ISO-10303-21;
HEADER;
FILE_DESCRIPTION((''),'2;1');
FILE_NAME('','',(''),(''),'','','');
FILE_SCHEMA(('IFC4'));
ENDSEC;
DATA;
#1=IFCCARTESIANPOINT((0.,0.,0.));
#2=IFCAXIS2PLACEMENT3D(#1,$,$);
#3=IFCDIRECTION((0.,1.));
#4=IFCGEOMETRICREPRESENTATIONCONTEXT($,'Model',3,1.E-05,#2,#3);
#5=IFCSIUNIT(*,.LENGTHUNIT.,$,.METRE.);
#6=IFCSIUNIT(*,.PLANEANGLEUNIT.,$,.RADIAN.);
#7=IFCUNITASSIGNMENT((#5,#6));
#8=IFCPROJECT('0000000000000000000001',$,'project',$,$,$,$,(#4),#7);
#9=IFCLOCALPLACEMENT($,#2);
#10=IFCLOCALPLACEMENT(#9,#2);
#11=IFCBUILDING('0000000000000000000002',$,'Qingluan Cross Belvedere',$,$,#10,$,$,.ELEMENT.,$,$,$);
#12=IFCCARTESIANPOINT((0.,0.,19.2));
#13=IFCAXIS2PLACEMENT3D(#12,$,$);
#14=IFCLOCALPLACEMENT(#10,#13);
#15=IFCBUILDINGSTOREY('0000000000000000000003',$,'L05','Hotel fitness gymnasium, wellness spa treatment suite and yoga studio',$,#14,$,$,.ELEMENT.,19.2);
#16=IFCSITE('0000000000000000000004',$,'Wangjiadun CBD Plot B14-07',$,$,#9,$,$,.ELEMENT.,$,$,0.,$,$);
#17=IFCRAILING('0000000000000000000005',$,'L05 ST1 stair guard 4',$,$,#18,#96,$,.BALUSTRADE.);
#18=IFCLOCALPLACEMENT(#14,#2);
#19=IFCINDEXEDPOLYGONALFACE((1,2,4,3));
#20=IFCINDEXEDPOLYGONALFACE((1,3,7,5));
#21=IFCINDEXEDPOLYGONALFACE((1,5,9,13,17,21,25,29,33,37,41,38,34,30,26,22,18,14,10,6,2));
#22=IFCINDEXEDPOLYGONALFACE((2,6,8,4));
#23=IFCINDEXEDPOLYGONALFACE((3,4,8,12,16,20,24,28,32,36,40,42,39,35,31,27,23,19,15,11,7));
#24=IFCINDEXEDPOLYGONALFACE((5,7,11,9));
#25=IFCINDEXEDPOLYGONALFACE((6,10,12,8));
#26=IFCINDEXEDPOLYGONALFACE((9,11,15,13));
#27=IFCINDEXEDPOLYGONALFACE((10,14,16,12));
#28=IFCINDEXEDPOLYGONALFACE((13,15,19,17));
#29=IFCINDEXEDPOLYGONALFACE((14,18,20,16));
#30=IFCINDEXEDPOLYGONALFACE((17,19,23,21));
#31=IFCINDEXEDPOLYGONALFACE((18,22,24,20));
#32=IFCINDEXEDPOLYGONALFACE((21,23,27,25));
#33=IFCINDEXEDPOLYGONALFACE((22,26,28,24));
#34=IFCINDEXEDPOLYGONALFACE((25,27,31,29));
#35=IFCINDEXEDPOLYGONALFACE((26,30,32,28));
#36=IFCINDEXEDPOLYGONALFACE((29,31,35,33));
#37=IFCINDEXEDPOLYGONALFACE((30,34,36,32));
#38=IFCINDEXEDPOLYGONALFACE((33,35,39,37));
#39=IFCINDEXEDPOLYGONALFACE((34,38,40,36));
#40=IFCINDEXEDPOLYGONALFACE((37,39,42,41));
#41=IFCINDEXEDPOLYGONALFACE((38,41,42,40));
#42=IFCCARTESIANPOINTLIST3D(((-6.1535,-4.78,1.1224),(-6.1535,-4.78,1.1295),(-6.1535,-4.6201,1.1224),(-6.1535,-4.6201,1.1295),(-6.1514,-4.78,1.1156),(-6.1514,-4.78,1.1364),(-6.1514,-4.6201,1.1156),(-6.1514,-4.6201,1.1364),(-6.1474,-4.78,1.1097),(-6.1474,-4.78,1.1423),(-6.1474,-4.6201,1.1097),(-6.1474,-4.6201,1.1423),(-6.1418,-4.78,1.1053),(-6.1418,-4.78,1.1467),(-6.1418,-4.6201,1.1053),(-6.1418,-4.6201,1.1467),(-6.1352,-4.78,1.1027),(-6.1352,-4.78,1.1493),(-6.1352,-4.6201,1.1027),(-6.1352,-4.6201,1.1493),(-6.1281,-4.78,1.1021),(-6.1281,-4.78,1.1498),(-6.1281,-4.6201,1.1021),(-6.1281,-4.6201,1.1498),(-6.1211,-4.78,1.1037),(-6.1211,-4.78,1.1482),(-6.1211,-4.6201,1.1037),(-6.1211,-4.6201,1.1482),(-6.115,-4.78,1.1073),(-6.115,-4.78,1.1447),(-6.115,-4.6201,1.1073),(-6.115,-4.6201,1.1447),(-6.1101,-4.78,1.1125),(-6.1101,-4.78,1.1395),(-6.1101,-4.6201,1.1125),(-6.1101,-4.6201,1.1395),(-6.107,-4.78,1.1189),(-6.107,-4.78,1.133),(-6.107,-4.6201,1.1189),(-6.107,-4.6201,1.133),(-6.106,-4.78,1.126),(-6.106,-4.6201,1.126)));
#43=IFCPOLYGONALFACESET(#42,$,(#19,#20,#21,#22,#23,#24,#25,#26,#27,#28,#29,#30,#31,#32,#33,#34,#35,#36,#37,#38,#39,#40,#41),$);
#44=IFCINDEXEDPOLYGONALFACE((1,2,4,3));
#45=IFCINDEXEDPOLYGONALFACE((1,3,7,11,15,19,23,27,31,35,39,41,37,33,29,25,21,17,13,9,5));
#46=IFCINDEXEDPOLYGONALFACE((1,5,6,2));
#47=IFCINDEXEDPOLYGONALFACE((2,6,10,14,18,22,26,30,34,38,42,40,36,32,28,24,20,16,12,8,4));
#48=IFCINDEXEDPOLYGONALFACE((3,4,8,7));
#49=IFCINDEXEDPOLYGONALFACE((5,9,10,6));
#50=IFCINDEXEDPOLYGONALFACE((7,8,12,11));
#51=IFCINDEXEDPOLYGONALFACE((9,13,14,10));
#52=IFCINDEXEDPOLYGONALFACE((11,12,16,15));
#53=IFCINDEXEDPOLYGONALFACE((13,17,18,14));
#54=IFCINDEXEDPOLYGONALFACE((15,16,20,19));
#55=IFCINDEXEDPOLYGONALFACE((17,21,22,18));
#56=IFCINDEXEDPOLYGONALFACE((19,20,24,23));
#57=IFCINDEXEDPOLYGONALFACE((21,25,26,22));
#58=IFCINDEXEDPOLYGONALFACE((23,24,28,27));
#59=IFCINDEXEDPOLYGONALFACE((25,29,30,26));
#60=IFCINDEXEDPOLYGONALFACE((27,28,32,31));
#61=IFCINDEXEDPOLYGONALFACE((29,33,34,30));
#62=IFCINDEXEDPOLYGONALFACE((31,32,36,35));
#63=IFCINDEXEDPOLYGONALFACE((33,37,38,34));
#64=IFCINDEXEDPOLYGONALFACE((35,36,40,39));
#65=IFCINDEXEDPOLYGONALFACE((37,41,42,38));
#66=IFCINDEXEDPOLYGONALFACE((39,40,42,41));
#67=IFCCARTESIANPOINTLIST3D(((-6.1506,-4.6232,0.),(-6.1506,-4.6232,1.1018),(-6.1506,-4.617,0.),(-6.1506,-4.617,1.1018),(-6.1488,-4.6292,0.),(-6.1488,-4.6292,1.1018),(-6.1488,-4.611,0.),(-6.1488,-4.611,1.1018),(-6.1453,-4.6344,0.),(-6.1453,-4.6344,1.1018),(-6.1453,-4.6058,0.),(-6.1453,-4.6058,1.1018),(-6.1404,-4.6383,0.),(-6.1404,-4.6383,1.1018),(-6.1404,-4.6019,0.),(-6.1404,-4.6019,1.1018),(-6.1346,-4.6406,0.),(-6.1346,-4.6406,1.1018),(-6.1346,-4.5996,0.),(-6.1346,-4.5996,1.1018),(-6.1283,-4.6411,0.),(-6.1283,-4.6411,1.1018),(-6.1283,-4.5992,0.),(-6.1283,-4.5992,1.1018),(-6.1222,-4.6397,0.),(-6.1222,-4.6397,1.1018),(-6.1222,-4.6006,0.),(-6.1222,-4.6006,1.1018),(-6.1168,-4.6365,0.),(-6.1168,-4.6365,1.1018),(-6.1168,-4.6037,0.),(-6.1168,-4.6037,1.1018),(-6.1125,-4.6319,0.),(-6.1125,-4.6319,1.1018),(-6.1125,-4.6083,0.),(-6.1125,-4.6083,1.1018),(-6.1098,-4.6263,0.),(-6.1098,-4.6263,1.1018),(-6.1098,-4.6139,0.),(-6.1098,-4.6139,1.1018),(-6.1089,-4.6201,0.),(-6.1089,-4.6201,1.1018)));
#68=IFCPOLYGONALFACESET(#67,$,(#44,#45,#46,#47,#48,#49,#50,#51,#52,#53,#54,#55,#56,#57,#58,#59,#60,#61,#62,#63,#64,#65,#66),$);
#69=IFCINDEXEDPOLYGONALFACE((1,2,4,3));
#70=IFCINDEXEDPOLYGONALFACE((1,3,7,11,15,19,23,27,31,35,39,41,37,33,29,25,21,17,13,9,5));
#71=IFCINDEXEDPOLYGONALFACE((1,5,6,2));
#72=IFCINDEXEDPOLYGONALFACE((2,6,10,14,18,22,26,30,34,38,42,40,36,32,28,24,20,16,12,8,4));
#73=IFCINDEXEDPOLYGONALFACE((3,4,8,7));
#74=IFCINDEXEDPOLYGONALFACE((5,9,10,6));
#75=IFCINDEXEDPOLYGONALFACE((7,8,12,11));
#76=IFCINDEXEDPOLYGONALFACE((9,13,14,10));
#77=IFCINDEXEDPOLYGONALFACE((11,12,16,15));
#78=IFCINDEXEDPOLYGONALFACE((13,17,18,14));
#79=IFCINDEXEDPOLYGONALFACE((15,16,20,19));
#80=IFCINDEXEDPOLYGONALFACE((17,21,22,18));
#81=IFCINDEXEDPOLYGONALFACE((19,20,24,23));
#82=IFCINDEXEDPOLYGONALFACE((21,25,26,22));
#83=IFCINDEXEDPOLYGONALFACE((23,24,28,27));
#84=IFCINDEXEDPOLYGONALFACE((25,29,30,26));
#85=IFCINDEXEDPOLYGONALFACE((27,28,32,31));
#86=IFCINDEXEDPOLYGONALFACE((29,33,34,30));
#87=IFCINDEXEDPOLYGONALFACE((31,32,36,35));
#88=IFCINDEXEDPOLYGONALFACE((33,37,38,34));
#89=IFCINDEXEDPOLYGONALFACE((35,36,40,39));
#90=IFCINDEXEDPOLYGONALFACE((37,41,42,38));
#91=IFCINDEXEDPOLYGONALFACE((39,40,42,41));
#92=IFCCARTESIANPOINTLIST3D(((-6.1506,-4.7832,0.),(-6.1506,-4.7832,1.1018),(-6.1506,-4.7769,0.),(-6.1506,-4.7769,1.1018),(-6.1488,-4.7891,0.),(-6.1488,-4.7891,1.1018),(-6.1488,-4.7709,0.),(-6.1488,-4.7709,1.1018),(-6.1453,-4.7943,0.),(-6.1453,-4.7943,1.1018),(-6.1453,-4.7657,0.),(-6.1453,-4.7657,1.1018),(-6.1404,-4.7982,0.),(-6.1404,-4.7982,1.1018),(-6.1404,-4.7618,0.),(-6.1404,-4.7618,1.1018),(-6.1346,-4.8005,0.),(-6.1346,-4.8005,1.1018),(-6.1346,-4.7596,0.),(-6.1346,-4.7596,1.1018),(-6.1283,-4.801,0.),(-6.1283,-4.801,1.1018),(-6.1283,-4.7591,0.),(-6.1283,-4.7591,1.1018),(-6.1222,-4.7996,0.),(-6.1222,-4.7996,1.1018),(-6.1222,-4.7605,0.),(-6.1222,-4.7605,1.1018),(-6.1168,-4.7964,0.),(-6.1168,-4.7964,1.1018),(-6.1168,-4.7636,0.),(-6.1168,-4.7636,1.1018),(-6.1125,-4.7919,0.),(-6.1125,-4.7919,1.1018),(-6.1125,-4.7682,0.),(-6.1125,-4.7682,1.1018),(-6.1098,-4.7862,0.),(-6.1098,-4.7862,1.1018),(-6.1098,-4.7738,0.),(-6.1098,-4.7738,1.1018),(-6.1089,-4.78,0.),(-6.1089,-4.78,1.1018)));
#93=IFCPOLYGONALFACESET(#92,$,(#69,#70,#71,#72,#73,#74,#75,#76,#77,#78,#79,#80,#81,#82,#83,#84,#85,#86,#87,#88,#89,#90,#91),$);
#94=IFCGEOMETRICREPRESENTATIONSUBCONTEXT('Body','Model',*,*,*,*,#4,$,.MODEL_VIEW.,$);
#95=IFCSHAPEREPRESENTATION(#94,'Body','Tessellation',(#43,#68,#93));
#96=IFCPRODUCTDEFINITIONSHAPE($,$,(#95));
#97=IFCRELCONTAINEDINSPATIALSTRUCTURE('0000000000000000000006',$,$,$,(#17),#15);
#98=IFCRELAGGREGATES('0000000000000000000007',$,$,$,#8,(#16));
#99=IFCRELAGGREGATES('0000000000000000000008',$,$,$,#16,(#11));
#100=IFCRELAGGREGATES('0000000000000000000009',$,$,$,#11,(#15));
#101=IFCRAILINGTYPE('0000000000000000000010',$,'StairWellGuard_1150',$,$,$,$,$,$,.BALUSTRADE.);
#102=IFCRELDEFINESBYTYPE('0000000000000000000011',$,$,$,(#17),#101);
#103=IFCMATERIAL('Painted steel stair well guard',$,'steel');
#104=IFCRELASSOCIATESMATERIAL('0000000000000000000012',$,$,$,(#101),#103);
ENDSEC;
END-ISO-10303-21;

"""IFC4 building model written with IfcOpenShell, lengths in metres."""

from ifc_helpers import new_model, si_unit, direction, frame, origin, origin_2d, place, context, subcontext, project, spatial, circle, extrude, material, type_object, element, save


model = new_model("IFC4")

# Units and contexts
model_context = context("Model", 3, precision=1e-05, world=origin(), true_north=direction((0.0, 1.0)))
body_context = subcontext(model_context, "Body", "Model", "MODEL_VIEW")
ifc_project = project(units=[si_unit("LENGTHUNIT", "METRE"), si_unit("PLANEANGLEUNIT", "RADIAN")], contexts=[model_context])

# Site, building, storey
site_placement = place(None, origin())
site = spatial("IfcSite", under=ifc_project, at=site_placement, Name="Wangjiadun CBD Plot B14-07", CompositionType="ELEMENT", RefElevation=0.0)
building_placement = place(site_placement, origin())
building = spatial("IfcBuilding", under=site, at=building_placement, Name="Qingluan Cross Belvedere", CompositionType="ELEMENT")
storey_placement = place(building_placement, frame((0.0, 0.0, 19.2)))
storey = spatial("IfcBuildingStorey", under=building, at=storey_placement, Name="L05", Description="Hotel fitness gymnasium, wellness spa treatment suite and yoga studio", CompositionType="ELEMENT", Elevation=19.2)

# Railing
ifc_material_1 = material(Name="Painted steel stair well guard", Category="steel")
railing_type_1 = type_object("IfcRailingType", Name="StairWellGuard_1150", PredefinedType="BALUSTRADE", material=ifc_material_1)
railing_1_placement = place(storey_placement, frame((-6.1299, -4.6201, 0.0)))
element("IfcRailing", 1, at=railing_1_placement, inside=storey, type_object=railing_type_1, Name="L05 ST1 stair guard 4", PredefinedType="BALUSTRADE", context=body_context, shape_type="SweptSolid", body=[
    extrude(circle(Radius=0.0239, at=origin_2d()), frame((0.0, 0.0, 1.126), z_axis=(0.0, -1.0, 0.0), x_axis=(1.0, 0.0, 0.0)), (0.0, 0.0, 1.0), 0.1599),
    extrude(circle(Radius=0.021, at=origin_2d()), origin(), (0.0, 0.0, 1.0), 1.1018),
    extrude(circle(Radius=0.021, at=origin_2d()), frame((0.0, -0.1599, 0.0)), (0.0, 0.0, 1.0), 1.1018),
])

save(model, "model.ifc")
